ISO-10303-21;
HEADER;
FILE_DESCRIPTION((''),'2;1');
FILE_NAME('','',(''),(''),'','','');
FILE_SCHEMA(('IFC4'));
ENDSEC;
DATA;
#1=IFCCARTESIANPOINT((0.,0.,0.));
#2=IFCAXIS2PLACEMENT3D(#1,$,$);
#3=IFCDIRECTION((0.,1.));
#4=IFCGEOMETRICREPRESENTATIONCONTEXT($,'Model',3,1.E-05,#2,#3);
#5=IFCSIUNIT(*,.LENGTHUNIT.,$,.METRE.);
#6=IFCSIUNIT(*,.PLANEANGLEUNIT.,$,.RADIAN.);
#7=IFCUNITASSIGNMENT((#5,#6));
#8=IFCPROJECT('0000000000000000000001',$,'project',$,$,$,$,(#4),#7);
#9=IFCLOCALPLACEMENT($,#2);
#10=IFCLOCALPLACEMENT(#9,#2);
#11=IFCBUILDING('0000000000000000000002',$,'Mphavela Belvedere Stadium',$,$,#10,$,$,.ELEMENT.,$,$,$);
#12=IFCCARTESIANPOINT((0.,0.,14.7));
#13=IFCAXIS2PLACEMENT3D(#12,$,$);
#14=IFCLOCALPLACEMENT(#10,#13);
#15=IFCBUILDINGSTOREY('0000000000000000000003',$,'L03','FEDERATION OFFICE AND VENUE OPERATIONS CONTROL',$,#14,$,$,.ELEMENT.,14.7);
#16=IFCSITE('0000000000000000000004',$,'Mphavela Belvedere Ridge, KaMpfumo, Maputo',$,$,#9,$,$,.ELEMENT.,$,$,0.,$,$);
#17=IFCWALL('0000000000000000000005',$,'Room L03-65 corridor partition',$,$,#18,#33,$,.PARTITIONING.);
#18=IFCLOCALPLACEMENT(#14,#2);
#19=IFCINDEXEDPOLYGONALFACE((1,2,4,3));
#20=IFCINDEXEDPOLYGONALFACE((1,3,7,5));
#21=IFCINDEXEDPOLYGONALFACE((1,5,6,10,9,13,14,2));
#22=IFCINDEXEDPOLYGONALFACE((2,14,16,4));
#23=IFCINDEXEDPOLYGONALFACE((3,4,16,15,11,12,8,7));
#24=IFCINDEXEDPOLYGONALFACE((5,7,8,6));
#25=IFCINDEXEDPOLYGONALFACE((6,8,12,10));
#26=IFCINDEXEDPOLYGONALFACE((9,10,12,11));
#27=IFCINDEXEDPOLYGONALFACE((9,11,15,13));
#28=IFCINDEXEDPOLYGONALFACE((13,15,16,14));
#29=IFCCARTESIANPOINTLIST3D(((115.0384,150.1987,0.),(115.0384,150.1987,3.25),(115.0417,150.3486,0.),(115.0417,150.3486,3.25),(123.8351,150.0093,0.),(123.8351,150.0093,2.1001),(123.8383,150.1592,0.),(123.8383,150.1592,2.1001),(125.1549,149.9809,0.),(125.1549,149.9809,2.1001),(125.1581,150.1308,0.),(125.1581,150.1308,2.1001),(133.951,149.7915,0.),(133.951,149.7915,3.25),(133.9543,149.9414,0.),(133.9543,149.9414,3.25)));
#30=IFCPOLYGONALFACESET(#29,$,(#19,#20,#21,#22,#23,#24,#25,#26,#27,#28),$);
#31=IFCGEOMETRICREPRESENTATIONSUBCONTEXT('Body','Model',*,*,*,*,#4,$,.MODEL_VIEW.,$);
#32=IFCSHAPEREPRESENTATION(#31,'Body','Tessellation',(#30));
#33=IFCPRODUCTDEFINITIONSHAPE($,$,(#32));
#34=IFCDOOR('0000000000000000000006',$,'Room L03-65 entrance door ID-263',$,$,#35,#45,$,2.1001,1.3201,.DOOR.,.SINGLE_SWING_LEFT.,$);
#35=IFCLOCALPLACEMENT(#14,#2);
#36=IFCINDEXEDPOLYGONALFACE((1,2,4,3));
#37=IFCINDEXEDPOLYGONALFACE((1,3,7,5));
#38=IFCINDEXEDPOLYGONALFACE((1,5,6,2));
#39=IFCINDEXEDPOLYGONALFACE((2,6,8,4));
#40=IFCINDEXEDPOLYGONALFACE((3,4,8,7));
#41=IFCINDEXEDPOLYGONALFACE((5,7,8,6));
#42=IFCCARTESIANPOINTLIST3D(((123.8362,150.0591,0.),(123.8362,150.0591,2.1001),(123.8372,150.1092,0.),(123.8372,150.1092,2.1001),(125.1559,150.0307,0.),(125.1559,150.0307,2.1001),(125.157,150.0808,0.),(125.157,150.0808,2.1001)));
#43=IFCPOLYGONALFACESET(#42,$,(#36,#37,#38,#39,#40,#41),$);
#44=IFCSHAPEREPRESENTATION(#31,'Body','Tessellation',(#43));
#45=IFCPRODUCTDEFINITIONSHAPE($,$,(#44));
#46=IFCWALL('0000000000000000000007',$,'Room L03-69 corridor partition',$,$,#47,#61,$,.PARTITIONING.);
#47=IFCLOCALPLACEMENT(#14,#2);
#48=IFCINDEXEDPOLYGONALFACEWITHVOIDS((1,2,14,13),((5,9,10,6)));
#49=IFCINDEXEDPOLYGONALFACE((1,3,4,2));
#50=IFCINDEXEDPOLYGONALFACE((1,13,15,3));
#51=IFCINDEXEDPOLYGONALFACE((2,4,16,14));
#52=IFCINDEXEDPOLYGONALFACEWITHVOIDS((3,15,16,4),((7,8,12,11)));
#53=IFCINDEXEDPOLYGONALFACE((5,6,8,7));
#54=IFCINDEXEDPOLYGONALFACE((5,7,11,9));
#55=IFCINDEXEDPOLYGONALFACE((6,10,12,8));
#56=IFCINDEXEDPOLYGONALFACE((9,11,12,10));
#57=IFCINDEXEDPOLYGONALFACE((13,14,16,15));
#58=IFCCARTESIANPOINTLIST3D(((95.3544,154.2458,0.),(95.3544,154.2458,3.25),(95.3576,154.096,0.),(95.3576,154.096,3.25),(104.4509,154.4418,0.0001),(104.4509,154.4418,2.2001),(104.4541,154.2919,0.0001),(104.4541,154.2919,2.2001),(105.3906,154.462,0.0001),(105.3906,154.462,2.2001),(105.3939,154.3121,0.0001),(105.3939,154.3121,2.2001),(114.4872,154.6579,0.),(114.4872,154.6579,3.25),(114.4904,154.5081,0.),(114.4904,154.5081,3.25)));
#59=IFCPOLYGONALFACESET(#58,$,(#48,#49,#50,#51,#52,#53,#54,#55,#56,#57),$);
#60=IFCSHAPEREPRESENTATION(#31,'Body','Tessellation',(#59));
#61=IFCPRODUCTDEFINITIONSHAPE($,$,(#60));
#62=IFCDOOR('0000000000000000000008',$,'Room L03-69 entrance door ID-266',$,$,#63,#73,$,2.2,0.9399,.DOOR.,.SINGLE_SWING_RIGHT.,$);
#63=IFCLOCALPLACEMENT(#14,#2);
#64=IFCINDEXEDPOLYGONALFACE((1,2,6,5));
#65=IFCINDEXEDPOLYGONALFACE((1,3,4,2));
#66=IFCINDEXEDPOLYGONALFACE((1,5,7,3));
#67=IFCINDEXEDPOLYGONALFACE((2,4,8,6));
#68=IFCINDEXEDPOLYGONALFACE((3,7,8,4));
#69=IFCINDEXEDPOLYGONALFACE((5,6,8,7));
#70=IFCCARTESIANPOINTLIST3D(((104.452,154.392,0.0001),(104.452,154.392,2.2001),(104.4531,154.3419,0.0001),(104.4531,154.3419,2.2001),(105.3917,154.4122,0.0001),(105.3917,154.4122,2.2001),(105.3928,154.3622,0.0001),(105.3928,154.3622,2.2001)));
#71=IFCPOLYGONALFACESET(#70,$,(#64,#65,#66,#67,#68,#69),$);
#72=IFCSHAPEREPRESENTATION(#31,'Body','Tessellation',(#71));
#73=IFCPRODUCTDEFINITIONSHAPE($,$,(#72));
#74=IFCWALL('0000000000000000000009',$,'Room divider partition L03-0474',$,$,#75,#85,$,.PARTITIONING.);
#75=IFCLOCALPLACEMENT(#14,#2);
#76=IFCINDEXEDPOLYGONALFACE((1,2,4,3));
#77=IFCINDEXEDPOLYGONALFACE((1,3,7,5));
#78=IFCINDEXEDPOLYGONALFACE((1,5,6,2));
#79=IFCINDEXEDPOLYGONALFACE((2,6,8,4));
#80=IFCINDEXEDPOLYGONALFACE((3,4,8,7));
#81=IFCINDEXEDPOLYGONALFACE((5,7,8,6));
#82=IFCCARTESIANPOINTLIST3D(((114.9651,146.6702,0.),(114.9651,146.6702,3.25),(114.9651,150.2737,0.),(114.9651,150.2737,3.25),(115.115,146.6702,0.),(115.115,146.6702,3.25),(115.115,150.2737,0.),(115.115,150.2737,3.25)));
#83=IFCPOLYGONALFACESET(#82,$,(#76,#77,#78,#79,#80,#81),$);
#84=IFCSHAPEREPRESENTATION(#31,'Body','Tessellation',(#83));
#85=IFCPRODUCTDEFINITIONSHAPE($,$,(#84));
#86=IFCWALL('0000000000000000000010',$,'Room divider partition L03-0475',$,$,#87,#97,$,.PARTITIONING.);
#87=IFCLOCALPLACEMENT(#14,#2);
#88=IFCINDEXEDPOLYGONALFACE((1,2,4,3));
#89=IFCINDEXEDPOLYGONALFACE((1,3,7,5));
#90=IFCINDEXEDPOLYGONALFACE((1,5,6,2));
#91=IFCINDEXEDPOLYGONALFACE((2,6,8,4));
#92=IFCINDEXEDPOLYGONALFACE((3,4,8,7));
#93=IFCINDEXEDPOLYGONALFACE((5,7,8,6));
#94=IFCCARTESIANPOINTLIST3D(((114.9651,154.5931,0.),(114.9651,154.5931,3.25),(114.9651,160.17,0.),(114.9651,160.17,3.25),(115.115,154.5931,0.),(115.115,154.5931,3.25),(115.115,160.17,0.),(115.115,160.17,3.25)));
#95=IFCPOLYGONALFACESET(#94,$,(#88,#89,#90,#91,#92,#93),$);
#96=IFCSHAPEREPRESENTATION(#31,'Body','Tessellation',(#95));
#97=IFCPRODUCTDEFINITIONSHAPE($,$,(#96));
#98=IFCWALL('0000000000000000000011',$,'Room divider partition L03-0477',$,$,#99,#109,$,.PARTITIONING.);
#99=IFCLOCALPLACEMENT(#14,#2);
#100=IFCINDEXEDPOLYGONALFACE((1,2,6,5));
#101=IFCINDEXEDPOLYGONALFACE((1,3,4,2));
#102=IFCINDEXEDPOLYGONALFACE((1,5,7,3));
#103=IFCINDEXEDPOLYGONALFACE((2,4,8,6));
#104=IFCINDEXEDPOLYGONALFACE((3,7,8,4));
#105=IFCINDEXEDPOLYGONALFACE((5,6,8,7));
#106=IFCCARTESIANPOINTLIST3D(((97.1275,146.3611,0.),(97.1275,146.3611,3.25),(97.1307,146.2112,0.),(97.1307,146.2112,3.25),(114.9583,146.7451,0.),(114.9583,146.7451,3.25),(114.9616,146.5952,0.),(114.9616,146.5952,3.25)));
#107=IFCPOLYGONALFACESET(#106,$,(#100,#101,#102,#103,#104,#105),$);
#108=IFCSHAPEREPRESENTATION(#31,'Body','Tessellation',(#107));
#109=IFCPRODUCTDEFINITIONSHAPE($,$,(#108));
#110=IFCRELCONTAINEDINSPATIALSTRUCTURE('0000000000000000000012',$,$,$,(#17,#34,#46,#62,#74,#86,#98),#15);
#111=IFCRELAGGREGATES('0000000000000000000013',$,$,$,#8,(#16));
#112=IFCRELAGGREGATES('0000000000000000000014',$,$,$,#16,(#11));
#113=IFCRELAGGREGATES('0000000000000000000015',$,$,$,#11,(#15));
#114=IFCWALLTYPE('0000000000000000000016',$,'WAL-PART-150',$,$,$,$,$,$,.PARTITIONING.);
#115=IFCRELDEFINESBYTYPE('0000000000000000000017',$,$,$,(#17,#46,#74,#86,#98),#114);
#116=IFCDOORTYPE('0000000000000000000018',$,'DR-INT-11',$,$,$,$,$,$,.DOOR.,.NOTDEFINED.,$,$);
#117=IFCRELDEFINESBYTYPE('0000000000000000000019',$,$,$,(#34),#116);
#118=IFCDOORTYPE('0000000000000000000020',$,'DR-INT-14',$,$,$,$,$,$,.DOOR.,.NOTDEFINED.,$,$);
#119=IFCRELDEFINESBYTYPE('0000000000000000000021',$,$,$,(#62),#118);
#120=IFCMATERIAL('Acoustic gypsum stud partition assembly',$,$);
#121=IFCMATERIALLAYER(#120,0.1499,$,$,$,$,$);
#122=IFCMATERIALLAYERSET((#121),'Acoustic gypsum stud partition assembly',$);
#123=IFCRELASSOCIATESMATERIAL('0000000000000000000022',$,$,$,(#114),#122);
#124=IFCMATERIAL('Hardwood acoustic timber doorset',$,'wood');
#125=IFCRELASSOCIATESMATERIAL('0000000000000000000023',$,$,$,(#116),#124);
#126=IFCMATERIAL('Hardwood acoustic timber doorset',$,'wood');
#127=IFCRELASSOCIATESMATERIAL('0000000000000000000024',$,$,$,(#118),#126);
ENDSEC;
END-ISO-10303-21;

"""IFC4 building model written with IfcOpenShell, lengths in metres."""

from ifc_helpers import new_model, si_unit, direction, frame, frame_2d, origin, place, context, subcontext, project, spatial, rectangle, extrude, material, layer, layer_set, type_object, element, fill, save


model = new_model("IFC4")

# Units and contexts
model_context = context("Model", 3, precision=1e-05, world=origin(), true_north=direction((0.0, 1.0)))
body_context = subcontext(model_context, "Body", "Model", "MODEL_VIEW")
ifc_project = project(units=[si_unit("LENGTHUNIT", "METRE"), si_unit("PLANEANGLEUNIT", "RADIAN")], contexts=[model_context])

# Site, building, storey
site_placement = place(None, origin())
site = spatial("IfcSite", under=ifc_project, at=site_placement, Name="Mphavela Belvedere Ridge, KaMpfumo, Maputo", CompositionType="ELEMENT", RefElevation=0.0)
building_placement = place(site_placement, origin())
building = spatial("IfcBuilding", under=site, at=building_placement, Name="Mphavela Belvedere Stadium", CompositionType="ELEMENT")
storey_placement = place(building_placement, frame((0.0, 0.0, 14.7)))
storey = spatial("IfcBuildingStorey", under=building, at=storey_placement, Name="L03", Description="FEDERATION OFFICE AND VENUE OPERATIONS CONTROL", CompositionType="ELEMENT", Elevation=14.7)

# Walls, openings, doors
ifc_material_1 = material(Name="Acoustic gypsum stud partition assembly")
ifc_layer_1 = layer(ifc_material_1, 0.1499)
ifc_layer_set_1 = layer_set([ifc_layer_1], Name="Acoustic gypsum stud partition assembly")
wall_type = type_object("IfcWallType", Name="WAL-PART-150", PredefinedType="PARTITIONING", material=ifc_layer_set_1)
wall_1_placement = place(storey_placement, frame((115.04, 150.2737, 0.0), z_axis=(0.0, 0.0, 1.0), x_axis=(0.999768, -0.021527, 0.0)))
wall_1 = element("IfcWall", 1, at=wall_1_placement, inside=storey, type_object=wall_type, Name="Room L03-65 corridor partition", PredefinedType="PARTITIONING", context=body_context, shape_type="SweptSolid", body=[
    extrude(rectangle(XDim=18.917, YDim=0.1499, at=frame_2d((9.4585, 0.0))), origin(), (0.0, 0.0, 1.0), 3.25),
])
opening_1_placement = place(wall_1_placement, frame((8.7986, 0.0, 0.0)))
opening_1 = element("IfcOpeningElement", 2, at=opening_1_placement, cuts=wall_1, PredefinedType="OPENING", context=body_context, shape_type="SweptSolid", body=[
    extrude(rectangle(XDim=1.3201, YDim=2.1001, at=frame_2d((0.6602, 1.05))), frame((0.0, 0.085, 0.0), z_axis=(0.0, -1.0, 0.0), x_axis=(1.0, 0.0, 0.0)), (0.0, 0.0, 1.0), 0.1699),
])
ifc_material_2 = material(Name="Hardwood acoustic timber doorset", Category="wood")
door_type_1 = type_object("IfcDoorType", Name="DR-INT-11", OperationType="NOTDEFINED", PredefinedType="DOOR", material=ifc_material_2)
door_1_placement = place(opening_1_placement, origin())
door_1 = element("IfcDoor", 3, at=door_1_placement, inside=storey, type_object=door_type_1, Name="Room L03-65 entrance door ID-263", OperationType="SINGLE_SWING_LEFT", OverallHeight=2.1001, OverallWidth=1.3201, PredefinedType="DOOR", context=body_context, shape_type="SweptSolid", body=[
    extrude(rectangle(XDim=1.3201, YDim=2.1001, at=frame_2d((0.6602, 1.05))), frame((0.0, 0.0249, 0.0), z_axis=(0.0, -1.0, 0.0), x_axis=(1.0, 0.0, 0.0)), (0.0, 0.0, 1.0), 0.05),
])
fill(opening_1, door_1)
wall_2_placement = place(storey_placement, frame((114.4888, 154.583, 0.0), z_axis=(0.0, 0.0, 1.0), x_axis=(-0.999768, -0.021534, 0.0)))
wall_2 = element("IfcWall", 4, at=wall_2_placement, inside=storey, type_object=wall_type, Name="Room L03-69 corridor partition", PredefinedType="PARTITIONING", context=body_context, shape_type="SweptSolid", body=[
    extrude(rectangle(XDim=19.1372, YDim=0.1499, at=frame_2d((9.5686, 0.0))), origin(), (0.0, 0.0, 1.0), 3.25),
])
opening_2_placement = place(wall_2_placement, frame((9.0986, 0.0, 0.0)))
opening_2 = element("IfcOpeningElement", 5, at=opening_2_placement, cuts=wall_2, PredefinedType="OPENING", context=body_context, shape_type="SweptSolid", body=[
    extrude(rectangle(XDim=0.9399, YDim=2.2, at=frame_2d((0.47, 1.1001))), frame((0.0, 0.085, 0.0), z_axis=(0.0, -1.0, 0.0), x_axis=(1.0, 0.0, 0.0)), (0.0, 0.0, 1.0), 0.1699),
])
ifc_material_3 = material(Name="Hardwood acoustic timber doorset", Category="wood")
door_type_2 = type_object("IfcDoorType", Name="DR-INT-14", OperationType="NOTDEFINED", PredefinedType="DOOR", material=ifc_material_3)
door_2_placement = place(opening_2_placement, origin())
door_2 = element("IfcDoor", 6, at=door_2_placement, inside=storey, type_object=door_type_2, Name="Room L03-69 entrance door ID-266", OperationType="SINGLE_SWING_RIGHT", OverallHeight=2.2, OverallWidth=0.9399, PredefinedType="DOOR", context=body_context, shape_type="SweptSolid", body=[
    extrude(rectangle(XDim=0.9399, YDim=2.2, at=frame_2d((0.47, 1.1001))), frame((0.0, 0.0249, 0.0), z_axis=(0.0, -1.0, 0.0), x_axis=(1.0, 0.0, 0.0)), (0.0, 0.0, 1.0), 0.05),
])
fill(opening_2, door_2)

# Walls
wall_3_placement = place(storey_placement, frame((115.04, 146.6702, 0.0), z_axis=(0.0, 0.0, 1.0), x_axis=(0.0, 1.0, 0.0)))
element("IfcWall", 7, at=wall_3_placement, inside=storey, type_object=wall_type, Name="Room divider partition L03-0474", PredefinedType="PARTITIONING", context=body_context, shape_type="SweptSolid", body=[
    extrude(rectangle(XDim=3.6035, YDim=0.1499, at=frame_2d((1.8018, 0.0))), origin(), (0.0, 0.0, 1.0), 3.25),
])
wall_4_placement = place(storey_placement, frame((115.04, 154.593, 0.0), z_axis=(0.0, 0.0, 1.0), x_axis=(0.0, 1.0, 0.0)))
element("IfcWall", 8, at=wall_4_placement, inside=storey, type_object=wall_type, Name="Room divider partition L03-0475", PredefinedType="PARTITIONING", context=body_context, shape_type="SweptSolid", body=[
    extrude(rectangle(XDim=5.5769, YDim=0.1499, at=frame_2d((2.7886, 0.0))), origin(), (0.0, 0.0, 1.0), 3.25),
])
wall_5_placement = place(storey_placement, frame((114.96, 146.6702, 0.0), z_axis=(0.0, 0.0, 1.0), x_axis=(-0.999768, -0.021533, 0.0)))
element("IfcWall", 9, at=wall_5_placement, inside=storey, type_object=wall_type, Name="Room divider partition L03-0477", PredefinedType="PARTITIONING", context=body_context, shape_type="SweptSolid", body=[
    extrude(rectangle(XDim=17.835, YDim=0.1499, at=frame_2d((8.9175, 0.0))), origin(), (0.0, 0.0, 1.0), 3.25),
])

save(model, "model.ifc")
